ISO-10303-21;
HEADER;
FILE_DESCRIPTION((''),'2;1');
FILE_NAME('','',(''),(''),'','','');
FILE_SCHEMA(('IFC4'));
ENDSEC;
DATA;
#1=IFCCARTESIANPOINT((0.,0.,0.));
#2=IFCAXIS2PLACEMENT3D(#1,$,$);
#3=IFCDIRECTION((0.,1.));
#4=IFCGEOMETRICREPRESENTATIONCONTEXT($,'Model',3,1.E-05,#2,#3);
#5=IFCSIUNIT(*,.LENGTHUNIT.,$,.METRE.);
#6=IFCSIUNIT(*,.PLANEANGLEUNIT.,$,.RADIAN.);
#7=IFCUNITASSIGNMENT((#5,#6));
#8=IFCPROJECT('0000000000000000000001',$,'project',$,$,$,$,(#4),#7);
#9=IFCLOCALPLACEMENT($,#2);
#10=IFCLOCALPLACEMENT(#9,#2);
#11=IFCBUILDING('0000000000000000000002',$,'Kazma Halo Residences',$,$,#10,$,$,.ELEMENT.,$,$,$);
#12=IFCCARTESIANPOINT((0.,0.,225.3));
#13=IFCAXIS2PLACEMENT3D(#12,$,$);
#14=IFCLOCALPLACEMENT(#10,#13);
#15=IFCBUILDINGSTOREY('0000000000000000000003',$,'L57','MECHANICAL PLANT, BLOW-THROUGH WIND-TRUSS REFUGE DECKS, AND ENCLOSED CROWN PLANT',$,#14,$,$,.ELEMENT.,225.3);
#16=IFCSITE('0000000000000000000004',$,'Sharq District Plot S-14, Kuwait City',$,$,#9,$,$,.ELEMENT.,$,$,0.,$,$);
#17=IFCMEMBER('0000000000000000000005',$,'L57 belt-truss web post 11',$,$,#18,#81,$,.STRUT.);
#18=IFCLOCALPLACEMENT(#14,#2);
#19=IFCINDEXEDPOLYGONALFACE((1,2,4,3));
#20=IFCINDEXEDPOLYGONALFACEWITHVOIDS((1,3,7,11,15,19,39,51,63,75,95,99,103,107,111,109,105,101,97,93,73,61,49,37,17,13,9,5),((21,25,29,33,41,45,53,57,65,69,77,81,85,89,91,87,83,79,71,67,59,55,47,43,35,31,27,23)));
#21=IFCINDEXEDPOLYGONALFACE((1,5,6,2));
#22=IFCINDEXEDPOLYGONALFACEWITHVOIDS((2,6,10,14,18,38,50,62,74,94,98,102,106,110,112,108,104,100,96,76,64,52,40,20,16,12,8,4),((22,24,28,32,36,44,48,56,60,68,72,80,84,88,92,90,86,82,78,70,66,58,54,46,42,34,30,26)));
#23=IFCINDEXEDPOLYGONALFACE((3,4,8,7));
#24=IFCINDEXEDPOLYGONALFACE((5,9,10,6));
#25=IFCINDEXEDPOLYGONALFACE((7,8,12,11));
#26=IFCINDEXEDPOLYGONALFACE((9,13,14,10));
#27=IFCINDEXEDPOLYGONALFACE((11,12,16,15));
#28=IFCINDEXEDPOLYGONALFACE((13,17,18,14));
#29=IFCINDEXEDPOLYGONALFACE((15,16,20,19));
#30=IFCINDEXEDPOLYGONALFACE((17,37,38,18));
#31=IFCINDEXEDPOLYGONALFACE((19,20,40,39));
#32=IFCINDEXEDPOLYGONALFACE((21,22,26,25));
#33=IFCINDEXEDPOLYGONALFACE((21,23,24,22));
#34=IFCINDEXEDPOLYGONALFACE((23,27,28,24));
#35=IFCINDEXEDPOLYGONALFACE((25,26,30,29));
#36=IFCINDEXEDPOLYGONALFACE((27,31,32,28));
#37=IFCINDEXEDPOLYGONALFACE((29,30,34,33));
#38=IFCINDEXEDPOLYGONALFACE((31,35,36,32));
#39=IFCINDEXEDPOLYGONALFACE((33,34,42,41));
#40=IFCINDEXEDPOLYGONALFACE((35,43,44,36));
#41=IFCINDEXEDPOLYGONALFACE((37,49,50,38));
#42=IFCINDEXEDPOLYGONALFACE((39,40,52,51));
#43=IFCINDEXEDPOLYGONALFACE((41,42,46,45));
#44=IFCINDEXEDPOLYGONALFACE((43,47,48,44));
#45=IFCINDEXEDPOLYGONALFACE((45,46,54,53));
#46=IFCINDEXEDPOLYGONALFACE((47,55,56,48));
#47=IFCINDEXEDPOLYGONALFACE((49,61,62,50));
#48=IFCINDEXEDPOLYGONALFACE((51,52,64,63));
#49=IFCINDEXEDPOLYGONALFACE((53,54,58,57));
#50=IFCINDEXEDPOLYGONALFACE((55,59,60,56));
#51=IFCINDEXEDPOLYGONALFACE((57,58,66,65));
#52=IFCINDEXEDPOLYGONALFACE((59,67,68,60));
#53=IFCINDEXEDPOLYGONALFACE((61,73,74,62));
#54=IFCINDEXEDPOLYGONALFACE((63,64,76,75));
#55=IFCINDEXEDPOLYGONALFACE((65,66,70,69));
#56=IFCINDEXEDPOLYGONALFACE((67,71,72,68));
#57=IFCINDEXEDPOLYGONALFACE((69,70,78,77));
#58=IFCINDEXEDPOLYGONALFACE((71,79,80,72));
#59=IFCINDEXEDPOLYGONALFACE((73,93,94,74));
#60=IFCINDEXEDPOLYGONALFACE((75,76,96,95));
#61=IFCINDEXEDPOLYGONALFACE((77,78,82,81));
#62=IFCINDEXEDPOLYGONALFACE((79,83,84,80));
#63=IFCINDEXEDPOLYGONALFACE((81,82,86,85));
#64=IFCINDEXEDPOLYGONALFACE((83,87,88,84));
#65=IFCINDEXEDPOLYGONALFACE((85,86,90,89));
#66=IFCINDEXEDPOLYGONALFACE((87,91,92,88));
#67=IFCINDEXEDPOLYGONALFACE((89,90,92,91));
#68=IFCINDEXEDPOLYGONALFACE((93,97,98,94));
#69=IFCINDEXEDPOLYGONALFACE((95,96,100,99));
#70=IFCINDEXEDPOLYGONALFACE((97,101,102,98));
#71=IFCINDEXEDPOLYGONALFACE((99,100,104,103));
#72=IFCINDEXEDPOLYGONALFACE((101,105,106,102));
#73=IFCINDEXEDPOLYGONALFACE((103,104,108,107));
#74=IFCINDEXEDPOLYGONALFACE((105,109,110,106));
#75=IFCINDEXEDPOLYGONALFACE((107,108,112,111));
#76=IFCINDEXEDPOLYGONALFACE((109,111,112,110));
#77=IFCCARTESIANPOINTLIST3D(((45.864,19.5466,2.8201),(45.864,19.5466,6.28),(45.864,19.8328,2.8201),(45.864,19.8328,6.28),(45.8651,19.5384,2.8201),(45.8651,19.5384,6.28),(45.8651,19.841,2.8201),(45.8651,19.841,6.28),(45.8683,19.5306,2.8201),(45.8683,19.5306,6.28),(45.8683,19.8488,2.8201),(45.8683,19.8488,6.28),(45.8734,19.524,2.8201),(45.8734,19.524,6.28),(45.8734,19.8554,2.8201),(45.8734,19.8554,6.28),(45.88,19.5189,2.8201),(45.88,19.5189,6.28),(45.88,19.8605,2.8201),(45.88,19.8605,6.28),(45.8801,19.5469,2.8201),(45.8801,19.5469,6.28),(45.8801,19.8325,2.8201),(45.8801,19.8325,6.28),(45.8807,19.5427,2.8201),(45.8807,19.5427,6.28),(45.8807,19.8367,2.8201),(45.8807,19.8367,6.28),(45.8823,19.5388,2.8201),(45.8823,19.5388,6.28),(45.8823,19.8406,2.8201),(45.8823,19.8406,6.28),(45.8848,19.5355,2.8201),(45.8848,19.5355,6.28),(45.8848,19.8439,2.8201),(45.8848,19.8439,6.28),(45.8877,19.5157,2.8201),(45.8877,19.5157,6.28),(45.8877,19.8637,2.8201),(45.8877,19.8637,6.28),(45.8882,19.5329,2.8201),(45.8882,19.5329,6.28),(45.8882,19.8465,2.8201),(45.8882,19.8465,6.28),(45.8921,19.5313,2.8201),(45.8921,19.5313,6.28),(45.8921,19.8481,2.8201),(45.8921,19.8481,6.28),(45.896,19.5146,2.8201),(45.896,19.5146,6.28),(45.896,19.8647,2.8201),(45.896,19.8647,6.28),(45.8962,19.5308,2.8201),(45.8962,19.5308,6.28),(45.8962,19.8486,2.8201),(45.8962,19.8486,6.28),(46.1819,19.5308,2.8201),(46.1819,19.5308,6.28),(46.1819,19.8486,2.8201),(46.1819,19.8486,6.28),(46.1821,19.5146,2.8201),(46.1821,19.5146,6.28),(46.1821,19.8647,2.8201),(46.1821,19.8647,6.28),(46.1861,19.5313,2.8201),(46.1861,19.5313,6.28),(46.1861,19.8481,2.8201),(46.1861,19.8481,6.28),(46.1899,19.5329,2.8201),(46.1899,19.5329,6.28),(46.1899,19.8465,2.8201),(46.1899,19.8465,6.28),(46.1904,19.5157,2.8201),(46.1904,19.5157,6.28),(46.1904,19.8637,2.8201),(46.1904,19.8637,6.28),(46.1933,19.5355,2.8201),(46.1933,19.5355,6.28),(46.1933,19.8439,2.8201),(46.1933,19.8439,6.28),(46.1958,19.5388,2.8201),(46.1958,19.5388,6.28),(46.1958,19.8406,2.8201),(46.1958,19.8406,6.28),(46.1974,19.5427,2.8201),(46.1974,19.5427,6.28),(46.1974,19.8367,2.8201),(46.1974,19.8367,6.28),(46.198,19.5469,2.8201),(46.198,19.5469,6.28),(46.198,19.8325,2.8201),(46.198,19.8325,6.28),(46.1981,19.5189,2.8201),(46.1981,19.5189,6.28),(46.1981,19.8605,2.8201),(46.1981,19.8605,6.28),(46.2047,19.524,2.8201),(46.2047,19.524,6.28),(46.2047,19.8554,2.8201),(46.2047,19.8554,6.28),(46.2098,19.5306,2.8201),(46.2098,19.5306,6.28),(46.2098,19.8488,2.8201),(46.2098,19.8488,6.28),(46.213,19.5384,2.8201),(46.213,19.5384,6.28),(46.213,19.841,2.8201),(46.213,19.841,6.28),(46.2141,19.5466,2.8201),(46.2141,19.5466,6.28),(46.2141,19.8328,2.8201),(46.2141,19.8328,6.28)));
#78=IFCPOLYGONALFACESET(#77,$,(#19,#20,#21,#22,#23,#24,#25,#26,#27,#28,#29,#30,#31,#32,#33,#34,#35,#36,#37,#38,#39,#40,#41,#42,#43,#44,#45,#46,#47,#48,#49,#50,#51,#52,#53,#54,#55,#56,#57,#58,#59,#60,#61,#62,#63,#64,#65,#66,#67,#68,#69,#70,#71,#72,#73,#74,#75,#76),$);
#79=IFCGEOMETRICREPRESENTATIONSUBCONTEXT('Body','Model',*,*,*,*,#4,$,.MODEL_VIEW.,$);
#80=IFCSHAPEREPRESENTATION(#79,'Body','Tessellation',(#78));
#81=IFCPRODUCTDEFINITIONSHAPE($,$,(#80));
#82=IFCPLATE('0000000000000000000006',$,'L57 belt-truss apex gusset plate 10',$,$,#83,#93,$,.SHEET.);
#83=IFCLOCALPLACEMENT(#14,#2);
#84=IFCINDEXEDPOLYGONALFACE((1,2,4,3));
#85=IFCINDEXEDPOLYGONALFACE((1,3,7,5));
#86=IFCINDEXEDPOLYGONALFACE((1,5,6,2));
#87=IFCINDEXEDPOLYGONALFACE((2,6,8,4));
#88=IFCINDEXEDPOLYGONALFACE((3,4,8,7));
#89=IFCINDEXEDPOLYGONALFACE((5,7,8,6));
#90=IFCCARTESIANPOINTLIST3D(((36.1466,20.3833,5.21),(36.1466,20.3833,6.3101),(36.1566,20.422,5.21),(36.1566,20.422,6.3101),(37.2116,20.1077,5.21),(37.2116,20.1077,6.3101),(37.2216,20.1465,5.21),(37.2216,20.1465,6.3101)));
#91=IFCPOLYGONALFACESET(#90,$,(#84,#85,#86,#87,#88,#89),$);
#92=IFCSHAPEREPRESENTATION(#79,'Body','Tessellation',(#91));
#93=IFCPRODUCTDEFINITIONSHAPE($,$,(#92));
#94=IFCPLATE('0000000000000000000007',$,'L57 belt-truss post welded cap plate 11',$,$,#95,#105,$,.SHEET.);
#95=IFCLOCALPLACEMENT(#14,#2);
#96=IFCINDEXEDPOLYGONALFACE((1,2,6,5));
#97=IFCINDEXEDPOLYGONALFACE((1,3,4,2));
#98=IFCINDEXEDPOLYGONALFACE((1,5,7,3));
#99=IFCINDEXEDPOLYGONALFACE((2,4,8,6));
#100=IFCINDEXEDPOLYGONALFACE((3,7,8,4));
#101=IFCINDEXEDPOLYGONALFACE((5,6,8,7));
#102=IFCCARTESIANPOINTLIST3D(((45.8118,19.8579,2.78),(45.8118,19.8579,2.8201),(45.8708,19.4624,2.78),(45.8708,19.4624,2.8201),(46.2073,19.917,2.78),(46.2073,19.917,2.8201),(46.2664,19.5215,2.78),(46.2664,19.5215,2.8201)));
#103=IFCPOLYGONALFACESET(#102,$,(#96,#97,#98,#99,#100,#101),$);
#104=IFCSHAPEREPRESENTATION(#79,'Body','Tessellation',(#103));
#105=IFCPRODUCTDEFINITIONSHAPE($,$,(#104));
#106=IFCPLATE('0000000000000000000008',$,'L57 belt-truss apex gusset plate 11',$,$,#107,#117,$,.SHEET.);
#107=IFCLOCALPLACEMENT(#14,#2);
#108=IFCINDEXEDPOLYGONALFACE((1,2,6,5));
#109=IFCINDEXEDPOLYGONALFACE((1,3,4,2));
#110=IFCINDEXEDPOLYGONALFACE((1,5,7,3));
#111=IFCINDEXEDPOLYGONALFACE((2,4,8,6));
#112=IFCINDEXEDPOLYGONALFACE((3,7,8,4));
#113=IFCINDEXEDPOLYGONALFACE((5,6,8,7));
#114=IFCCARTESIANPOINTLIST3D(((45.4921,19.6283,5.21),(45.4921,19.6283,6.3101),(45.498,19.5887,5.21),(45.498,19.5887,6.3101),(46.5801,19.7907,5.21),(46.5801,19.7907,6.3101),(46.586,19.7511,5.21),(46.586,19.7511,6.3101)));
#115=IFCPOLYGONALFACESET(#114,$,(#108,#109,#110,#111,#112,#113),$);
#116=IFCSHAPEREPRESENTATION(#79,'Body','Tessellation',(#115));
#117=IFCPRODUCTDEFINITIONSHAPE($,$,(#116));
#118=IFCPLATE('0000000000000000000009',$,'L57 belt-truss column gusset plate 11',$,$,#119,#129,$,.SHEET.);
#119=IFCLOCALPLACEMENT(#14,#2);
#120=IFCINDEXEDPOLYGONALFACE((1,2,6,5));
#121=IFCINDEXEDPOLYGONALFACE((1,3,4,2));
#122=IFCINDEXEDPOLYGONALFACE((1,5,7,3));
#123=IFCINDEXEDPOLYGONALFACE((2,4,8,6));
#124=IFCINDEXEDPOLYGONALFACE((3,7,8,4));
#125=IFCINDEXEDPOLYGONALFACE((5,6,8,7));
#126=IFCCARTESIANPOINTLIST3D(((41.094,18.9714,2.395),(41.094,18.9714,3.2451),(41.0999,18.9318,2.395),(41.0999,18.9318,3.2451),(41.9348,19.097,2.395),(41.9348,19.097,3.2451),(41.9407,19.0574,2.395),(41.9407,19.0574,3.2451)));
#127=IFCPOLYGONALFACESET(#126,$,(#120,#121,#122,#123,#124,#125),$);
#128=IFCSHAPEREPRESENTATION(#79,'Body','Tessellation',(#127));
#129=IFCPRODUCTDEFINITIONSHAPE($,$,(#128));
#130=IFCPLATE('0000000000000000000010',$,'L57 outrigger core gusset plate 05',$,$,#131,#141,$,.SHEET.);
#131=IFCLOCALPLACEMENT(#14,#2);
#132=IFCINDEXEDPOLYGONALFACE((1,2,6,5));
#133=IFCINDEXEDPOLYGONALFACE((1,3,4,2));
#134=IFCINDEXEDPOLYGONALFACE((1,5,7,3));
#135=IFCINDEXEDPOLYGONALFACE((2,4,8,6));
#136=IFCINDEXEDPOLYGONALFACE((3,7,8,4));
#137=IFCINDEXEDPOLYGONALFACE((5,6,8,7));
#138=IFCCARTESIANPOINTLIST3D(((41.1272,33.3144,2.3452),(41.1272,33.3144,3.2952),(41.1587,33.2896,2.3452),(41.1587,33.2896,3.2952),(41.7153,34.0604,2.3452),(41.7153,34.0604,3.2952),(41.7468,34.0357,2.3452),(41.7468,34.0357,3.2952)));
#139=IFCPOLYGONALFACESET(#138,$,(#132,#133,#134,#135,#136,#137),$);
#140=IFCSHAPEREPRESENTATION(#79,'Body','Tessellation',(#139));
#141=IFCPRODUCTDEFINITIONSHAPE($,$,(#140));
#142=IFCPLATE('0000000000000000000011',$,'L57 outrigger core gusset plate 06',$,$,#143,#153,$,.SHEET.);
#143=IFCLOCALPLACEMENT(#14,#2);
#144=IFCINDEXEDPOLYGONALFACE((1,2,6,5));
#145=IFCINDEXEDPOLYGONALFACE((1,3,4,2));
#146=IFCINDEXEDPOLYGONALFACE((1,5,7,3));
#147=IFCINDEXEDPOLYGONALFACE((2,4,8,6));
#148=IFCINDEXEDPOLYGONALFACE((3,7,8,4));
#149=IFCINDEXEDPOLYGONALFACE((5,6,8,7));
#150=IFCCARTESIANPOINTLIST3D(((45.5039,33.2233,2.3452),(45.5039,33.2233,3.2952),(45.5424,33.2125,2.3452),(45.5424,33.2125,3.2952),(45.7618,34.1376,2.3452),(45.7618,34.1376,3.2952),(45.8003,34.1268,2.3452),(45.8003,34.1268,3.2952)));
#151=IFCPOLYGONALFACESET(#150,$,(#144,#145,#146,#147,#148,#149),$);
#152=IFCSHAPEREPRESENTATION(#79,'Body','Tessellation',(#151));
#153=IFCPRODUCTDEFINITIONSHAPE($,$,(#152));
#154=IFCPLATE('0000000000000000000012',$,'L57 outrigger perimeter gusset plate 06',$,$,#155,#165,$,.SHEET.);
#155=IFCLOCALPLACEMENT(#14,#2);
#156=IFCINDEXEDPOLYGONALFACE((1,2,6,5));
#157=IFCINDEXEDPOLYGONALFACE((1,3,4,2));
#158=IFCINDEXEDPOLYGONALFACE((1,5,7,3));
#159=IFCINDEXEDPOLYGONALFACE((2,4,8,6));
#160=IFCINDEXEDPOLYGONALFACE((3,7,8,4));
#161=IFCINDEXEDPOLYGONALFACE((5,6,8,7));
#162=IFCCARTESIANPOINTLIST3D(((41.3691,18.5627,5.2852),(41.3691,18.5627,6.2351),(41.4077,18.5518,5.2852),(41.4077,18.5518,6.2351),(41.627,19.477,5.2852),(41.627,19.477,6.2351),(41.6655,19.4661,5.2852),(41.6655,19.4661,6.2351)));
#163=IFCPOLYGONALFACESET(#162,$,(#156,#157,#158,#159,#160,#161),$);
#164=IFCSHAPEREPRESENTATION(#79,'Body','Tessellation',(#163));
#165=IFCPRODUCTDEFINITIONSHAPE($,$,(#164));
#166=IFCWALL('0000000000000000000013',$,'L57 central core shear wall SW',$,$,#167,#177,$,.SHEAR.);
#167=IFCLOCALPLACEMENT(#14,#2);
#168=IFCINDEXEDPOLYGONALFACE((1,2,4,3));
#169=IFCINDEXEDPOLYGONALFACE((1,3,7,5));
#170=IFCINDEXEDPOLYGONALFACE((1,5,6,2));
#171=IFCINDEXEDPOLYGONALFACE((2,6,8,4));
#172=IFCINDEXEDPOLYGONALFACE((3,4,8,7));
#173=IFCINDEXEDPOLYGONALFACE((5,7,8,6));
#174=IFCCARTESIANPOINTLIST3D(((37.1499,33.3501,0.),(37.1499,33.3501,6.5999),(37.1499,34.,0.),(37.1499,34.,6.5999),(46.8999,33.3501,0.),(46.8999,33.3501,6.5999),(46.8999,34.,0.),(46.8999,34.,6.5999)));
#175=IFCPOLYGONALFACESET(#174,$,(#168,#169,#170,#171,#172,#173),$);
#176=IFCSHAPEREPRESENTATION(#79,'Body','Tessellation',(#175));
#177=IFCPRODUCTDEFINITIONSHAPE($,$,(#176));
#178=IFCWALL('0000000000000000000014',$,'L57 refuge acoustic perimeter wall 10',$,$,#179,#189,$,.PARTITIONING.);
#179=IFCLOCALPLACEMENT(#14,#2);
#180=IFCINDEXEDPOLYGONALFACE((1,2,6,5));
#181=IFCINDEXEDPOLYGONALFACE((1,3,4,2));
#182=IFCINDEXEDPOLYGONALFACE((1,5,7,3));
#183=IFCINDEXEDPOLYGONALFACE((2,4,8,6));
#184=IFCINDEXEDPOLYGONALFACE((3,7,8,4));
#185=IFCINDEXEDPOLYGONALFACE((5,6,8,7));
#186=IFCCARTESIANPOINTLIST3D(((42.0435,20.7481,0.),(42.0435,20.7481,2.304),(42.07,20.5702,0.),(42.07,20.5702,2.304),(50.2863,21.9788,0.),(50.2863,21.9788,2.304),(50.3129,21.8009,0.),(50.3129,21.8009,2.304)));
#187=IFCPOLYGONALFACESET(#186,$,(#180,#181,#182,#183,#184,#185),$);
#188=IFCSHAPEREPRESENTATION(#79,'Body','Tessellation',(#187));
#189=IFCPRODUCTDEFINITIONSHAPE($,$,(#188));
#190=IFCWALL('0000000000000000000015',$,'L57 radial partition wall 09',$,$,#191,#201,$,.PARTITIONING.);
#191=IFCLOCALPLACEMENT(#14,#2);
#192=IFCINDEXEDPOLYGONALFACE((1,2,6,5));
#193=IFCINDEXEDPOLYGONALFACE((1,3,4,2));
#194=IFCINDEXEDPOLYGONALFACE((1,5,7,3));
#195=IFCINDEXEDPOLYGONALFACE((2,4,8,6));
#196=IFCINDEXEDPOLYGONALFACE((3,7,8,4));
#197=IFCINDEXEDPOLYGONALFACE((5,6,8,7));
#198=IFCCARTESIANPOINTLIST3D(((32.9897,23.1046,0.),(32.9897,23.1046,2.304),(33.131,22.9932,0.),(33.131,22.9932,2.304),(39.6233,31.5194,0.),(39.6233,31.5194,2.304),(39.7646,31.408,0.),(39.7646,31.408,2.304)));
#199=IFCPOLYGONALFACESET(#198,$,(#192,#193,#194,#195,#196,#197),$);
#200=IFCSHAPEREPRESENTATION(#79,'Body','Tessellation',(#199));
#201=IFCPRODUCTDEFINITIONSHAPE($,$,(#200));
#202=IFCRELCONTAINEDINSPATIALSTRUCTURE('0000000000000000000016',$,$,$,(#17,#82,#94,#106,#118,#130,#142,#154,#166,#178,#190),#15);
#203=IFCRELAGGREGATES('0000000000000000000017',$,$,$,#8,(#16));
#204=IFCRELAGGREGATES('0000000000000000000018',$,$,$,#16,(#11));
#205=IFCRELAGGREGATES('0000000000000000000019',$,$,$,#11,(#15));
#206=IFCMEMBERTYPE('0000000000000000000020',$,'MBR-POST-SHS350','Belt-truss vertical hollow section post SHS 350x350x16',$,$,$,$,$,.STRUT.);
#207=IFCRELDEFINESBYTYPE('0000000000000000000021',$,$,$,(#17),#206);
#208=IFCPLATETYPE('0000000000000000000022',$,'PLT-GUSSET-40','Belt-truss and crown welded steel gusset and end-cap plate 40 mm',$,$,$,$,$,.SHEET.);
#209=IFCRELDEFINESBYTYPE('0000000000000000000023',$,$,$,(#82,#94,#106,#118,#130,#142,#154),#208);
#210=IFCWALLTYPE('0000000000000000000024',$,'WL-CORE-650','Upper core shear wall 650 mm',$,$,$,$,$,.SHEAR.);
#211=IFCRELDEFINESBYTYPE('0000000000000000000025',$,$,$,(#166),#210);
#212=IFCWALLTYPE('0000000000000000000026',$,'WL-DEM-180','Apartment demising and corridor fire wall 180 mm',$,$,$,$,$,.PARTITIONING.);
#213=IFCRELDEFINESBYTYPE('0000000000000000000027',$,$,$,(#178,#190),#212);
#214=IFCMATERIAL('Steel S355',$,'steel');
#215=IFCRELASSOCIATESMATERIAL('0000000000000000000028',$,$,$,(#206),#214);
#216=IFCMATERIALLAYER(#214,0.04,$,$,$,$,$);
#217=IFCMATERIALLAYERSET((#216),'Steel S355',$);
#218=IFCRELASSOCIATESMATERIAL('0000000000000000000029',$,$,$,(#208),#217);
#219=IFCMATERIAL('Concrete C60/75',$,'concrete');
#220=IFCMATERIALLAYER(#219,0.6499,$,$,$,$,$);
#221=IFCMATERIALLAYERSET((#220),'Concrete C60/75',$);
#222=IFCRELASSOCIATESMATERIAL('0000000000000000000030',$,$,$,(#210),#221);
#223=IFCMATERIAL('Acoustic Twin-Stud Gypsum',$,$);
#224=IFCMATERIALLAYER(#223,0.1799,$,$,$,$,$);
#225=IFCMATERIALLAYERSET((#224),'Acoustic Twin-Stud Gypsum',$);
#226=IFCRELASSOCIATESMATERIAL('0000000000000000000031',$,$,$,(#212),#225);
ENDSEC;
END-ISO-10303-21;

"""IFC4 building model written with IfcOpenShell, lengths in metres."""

from ifc_helpers import new_model, si_unit, direction, frame, frame_2d, origin, origin_2d, place, context, subcontext, project, spatial, rectangle, hollow_rectangle, extrude, material, layer, layer_set, material_profile, profile_set, type_object, element, save


model = new_model("IFC4")

# Units and contexts
model_context = context("Model", 3, precision=1e-05, world=origin(), true_north=direction((0.0, 1.0)))
body_context = subcontext(model_context, "Body", "Model", "MODEL_VIEW")
ifc_project = project(units=[si_unit("LENGTHUNIT", "METRE"), si_unit("PLANEANGLEUNIT", "RADIAN")], contexts=[model_context])

# Site, building, storey
site_placement = place(None, origin())
site = spatial("IfcSite", under=ifc_project, at=site_placement, Name="Sharq District Plot S-14, Kuwait City", CompositionType="ELEMENT", RefElevation=0.0)
building_placement = place(site_placement, origin())
building = spatial("IfcBuilding", under=site, at=building_placement, Name="Kazma Halo Residences", CompositionType="ELEMENT")
storey_placement = place(building_placement, frame((0.0, 0.0, 225.3)))
storey = spatial("IfcBuildingStorey", under=building, at=storey_placement, Name="L57", Description="MECHANICAL PLANT, BLOW-THROUGH WIND-TRUSS REFUGE DECKS, AND ENCLOSED CROWN PLANT", CompositionType="ELEMENT", Elevation=225.3)

# Shared definitions
ifc_material_1 = material(Name="Steel S355", Category="steel")

# Member
ifc_material_profile_1 = material_profile(ifc_material_1, hollow_rectangle(XDim=0.3501, YDim=0.3501, WallThickness=0.0161, InnerFilletRadius=0.0161, OuterFilletRadius=0.032, at=origin_2d()), Name="SHS350x350x16")
ifc_profile_set_1 = profile_set([ifc_material_profile_1], Name="Steel S355")
member_type_1 = type_object("IfcMemberType", Name="MBR-POST-SHS350", Description="Belt-truss vertical hollow section post SHS 350x350x16", PredefinedType="STRUT", material=ifc_profile_set_1)
member_1_placement = place(storey_placement, frame((46.0391, 19.6897, 2.8201), z_axis=(0.0, 0.0, 1.0), x_axis=(1.0, 0.0, 0.0)))
element("IfcMember", 1, at=member_1_placement, inside=storey, type_object=member_type_1, Name="L57 belt-truss web post 11", PredefinedType="STRUT", context=body_context, shape_type="SweptSolid", body=[
    extrude(hollow_rectangle(XDim=0.3501, YDim=0.3501, WallThickness=0.0161, InnerFilletRadius=0.0161, OuterFilletRadius=0.032, at=origin_2d()), origin(), (0.0, 0.0, 1.0), 3.46),
])

# Plates
ifc_layer_1 = layer(ifc_material_1, 0.04)
ifc_layer_set_1 = layer_set([ifc_layer_1], Name="Steel S355")
plate_type = type_object("IfcPlateType", Name="PLT-GUSSET-40", Description="Belt-truss and crown welded steel gusset and end-cap plate 40 mm", PredefinedType="SHEET", material=ifc_layer_set_1)
plate_1_placement = place(storey_placement, frame((36.6841, 20.2649, 5.21), z_axis=(0.0, 0.0, 1.0), x_axis=(0.968125, -0.250467, 0.0)))
element("IfcPlate", 2, at=plate_1_placement, inside=storey, type_object=plate_type, Name="L57 belt-truss apex gusset plate 10", PredefinedType="SHEET", context=body_context, shape_type="SweptSolid", body=[
    extrude(rectangle(XDim=1.1001, YDim=0.04, at=origin_2d()), origin(), (0.0, 0.0, 1.0), 1.1001),
])
plate_2_placement = place(storey_placement, frame((46.0391, 19.6897, 2.78), z_axis=(0.0, 0.0, 1.0), x_axis=(0.989034, 0.147689, 0.0)))
element("IfcPlate", 3, at=plate_2_placement, inside=storey, type_object=plate_type, Name="L57 belt-truss post welded cap plate 11", PredefinedType="SHEET", context=body_context, shape_type="SweptSolid", body=[
    extrude(rectangle(XDim=0.3999, YDim=0.3999, at=origin_2d()), origin(), (0.0, 0.0, 1.0), 0.04),
])
plate_3_placement = place(storey_placement, frame((46.0391, 19.6897, 5.21), z_axis=(0.0, 0.0, 1.0), x_axis=(0.989034, 0.147689, 0.0)))
element("IfcPlate", 4, at=plate_3_placement, inside=storey, type_object=plate_type, Name="L57 belt-truss apex gusset plate 11", PredefinedType="SHEET", context=body_context, shape_type="SweptSolid", body=[
    extrude(rectangle(XDim=1.1001, YDim=0.04, at=origin_2d()), origin(), (0.0, 0.0, 1.0), 1.1001),
])
plate_4_placement = place(storey_placement, frame((41.5173, 19.0144, 2.395), z_axis=(0.0, 0.0, 1.0), x_axis=(0.989034, 0.147689, 0.0)))
element("IfcPlate", 5, at=plate_4_placement, inside=storey, type_object=plate_type, Name="L57 belt-truss column gusset plate 11", PredefinedType="SHEET", context=body_context, shape_type="SweptSolid", body=[
    extrude(rectangle(XDim=0.8501, YDim=0.04, at=origin_2d()), origin(), (0.0, 0.0, 1.0), 0.8501),
])
for number, where, z_axis, x_axis, name in (
    (6, (41.437, 33.675, 2.3452), (0.0, 0.0, 1.0), (-0.619093, -0.785317, 0.0), "L57 outrigger core gusset plate 05"),
    (7, (45.6521, 33.675, 2.3452), (0.0, 0.0, 1.0), (-0.271439, -0.962456, 0.0), "L57 outrigger core gusset plate 06"),
    (8, (41.5173, 19.0144, 5.2852), (0.0, 0.0, 1.0), (-0.271439, -0.962456, 0.0), "L57 outrigger perimeter gusset plate 06"),
):
    element("IfcPlate", number, at=place(storey_placement, frame(where, z_axis=z_axis, x_axis=x_axis)), inside=storey, type_object=plate_type, Name=name, PredefinedType="SHEET", context=body_context, shape_type="SweptSolid", body=[
        extrude(rectangle(XDim=0.95, YDim=0.04, at=origin_2d()), origin(), (0.0, 0.0, 1.0), 0.95),
    ])

# Walls
ifc_material_2 = material(Name="Concrete C60/75", Category="concrete")
ifc_layer_2 = layer(ifc_material_2, 0.6499)
ifc_layer_set_2 = layer_set([ifc_layer_2], Name="Concrete C60/75")
wall_type_1 = type_object("IfcWallType", Name="WL-CORE-650", Description="Upper core shear wall 650 mm", PredefinedType="SHEAR", material=ifc_layer_set_2)
wall_1_placement = place(storey_placement, frame((37.1499, 33.675, 0.0), z_axis=(0.0, 0.0, 1.0), x_axis=(1.0, 0.0, 0.0)))
element("IfcWall", 9, at=wall_1_placement, inside=storey, type_object=wall_type_1, Name="L57 central core shear wall SW", PredefinedType="SHEAR", context=body_context, shape_type="SweptSolid", body=[
    extrude(rectangle(XDim=9.75, YDim=0.6499, at=frame_2d((4.875, 0.0))), origin(), (0.0, 0.0, 1.0), 6.5999),
])
ifc_material_3 = material(Name="Acoustic Twin-Stud Gypsum")
ifc_layer_3 = layer(ifc_material_3, 0.1799)
ifc_layer_set_3 = layer_set([ifc_layer_3], Name="Acoustic Twin-Stud Gypsum")
wall_type_2 = type_object("IfcWallType", Name="WL-DEM-180", Description="Apartment demising and corridor fire wall 180 mm", PredefinedType="PARTITIONING", material=ifc_layer_set_3)
wall_2_placement = place(storey_placement, frame((42.0569, 20.6592, 0.0), z_axis=(0.0, 0.0, 1.0), x_axis=(0.989037, 0.147669, 0.0)))
element("IfcWall", 10, at=wall_2_placement, inside=storey, type_object=wall_type_2, Name="L57 refuge acoustic perimeter wall 10", PredefinedType="PARTITIONING", context=body_context, shape_type="SweptSolid", body=[
    extrude(rectangle(XDim=8.3342, YDim=0.1799, at=frame_2d((4.167, 0.0))), origin(), (0.0, 0.0, 1.0), 2.304),
])
wall_3_placement = place(storey_placement, frame((39.6938, 31.4636, 0.0), z_axis=(0.0, 0.0, 1.0), x_axis=(-0.619086, -0.785323, 0.0)))
element("IfcWall", 11, at=wall_3_placement, inside=storey, type_object=wall_type_2, Name="L57 radial partition wall 09", PredefinedType="PARTITIONING", context=body_context, shape_type="SweptSolid", body=[
    extrude(rectangle(XDim=10.7151, YDim=0.1799, at=frame_2d((5.3574, 0.0))), origin(), (0.0, 0.0, 1.0), 2.304),
])

save(model, "model.ifc")
